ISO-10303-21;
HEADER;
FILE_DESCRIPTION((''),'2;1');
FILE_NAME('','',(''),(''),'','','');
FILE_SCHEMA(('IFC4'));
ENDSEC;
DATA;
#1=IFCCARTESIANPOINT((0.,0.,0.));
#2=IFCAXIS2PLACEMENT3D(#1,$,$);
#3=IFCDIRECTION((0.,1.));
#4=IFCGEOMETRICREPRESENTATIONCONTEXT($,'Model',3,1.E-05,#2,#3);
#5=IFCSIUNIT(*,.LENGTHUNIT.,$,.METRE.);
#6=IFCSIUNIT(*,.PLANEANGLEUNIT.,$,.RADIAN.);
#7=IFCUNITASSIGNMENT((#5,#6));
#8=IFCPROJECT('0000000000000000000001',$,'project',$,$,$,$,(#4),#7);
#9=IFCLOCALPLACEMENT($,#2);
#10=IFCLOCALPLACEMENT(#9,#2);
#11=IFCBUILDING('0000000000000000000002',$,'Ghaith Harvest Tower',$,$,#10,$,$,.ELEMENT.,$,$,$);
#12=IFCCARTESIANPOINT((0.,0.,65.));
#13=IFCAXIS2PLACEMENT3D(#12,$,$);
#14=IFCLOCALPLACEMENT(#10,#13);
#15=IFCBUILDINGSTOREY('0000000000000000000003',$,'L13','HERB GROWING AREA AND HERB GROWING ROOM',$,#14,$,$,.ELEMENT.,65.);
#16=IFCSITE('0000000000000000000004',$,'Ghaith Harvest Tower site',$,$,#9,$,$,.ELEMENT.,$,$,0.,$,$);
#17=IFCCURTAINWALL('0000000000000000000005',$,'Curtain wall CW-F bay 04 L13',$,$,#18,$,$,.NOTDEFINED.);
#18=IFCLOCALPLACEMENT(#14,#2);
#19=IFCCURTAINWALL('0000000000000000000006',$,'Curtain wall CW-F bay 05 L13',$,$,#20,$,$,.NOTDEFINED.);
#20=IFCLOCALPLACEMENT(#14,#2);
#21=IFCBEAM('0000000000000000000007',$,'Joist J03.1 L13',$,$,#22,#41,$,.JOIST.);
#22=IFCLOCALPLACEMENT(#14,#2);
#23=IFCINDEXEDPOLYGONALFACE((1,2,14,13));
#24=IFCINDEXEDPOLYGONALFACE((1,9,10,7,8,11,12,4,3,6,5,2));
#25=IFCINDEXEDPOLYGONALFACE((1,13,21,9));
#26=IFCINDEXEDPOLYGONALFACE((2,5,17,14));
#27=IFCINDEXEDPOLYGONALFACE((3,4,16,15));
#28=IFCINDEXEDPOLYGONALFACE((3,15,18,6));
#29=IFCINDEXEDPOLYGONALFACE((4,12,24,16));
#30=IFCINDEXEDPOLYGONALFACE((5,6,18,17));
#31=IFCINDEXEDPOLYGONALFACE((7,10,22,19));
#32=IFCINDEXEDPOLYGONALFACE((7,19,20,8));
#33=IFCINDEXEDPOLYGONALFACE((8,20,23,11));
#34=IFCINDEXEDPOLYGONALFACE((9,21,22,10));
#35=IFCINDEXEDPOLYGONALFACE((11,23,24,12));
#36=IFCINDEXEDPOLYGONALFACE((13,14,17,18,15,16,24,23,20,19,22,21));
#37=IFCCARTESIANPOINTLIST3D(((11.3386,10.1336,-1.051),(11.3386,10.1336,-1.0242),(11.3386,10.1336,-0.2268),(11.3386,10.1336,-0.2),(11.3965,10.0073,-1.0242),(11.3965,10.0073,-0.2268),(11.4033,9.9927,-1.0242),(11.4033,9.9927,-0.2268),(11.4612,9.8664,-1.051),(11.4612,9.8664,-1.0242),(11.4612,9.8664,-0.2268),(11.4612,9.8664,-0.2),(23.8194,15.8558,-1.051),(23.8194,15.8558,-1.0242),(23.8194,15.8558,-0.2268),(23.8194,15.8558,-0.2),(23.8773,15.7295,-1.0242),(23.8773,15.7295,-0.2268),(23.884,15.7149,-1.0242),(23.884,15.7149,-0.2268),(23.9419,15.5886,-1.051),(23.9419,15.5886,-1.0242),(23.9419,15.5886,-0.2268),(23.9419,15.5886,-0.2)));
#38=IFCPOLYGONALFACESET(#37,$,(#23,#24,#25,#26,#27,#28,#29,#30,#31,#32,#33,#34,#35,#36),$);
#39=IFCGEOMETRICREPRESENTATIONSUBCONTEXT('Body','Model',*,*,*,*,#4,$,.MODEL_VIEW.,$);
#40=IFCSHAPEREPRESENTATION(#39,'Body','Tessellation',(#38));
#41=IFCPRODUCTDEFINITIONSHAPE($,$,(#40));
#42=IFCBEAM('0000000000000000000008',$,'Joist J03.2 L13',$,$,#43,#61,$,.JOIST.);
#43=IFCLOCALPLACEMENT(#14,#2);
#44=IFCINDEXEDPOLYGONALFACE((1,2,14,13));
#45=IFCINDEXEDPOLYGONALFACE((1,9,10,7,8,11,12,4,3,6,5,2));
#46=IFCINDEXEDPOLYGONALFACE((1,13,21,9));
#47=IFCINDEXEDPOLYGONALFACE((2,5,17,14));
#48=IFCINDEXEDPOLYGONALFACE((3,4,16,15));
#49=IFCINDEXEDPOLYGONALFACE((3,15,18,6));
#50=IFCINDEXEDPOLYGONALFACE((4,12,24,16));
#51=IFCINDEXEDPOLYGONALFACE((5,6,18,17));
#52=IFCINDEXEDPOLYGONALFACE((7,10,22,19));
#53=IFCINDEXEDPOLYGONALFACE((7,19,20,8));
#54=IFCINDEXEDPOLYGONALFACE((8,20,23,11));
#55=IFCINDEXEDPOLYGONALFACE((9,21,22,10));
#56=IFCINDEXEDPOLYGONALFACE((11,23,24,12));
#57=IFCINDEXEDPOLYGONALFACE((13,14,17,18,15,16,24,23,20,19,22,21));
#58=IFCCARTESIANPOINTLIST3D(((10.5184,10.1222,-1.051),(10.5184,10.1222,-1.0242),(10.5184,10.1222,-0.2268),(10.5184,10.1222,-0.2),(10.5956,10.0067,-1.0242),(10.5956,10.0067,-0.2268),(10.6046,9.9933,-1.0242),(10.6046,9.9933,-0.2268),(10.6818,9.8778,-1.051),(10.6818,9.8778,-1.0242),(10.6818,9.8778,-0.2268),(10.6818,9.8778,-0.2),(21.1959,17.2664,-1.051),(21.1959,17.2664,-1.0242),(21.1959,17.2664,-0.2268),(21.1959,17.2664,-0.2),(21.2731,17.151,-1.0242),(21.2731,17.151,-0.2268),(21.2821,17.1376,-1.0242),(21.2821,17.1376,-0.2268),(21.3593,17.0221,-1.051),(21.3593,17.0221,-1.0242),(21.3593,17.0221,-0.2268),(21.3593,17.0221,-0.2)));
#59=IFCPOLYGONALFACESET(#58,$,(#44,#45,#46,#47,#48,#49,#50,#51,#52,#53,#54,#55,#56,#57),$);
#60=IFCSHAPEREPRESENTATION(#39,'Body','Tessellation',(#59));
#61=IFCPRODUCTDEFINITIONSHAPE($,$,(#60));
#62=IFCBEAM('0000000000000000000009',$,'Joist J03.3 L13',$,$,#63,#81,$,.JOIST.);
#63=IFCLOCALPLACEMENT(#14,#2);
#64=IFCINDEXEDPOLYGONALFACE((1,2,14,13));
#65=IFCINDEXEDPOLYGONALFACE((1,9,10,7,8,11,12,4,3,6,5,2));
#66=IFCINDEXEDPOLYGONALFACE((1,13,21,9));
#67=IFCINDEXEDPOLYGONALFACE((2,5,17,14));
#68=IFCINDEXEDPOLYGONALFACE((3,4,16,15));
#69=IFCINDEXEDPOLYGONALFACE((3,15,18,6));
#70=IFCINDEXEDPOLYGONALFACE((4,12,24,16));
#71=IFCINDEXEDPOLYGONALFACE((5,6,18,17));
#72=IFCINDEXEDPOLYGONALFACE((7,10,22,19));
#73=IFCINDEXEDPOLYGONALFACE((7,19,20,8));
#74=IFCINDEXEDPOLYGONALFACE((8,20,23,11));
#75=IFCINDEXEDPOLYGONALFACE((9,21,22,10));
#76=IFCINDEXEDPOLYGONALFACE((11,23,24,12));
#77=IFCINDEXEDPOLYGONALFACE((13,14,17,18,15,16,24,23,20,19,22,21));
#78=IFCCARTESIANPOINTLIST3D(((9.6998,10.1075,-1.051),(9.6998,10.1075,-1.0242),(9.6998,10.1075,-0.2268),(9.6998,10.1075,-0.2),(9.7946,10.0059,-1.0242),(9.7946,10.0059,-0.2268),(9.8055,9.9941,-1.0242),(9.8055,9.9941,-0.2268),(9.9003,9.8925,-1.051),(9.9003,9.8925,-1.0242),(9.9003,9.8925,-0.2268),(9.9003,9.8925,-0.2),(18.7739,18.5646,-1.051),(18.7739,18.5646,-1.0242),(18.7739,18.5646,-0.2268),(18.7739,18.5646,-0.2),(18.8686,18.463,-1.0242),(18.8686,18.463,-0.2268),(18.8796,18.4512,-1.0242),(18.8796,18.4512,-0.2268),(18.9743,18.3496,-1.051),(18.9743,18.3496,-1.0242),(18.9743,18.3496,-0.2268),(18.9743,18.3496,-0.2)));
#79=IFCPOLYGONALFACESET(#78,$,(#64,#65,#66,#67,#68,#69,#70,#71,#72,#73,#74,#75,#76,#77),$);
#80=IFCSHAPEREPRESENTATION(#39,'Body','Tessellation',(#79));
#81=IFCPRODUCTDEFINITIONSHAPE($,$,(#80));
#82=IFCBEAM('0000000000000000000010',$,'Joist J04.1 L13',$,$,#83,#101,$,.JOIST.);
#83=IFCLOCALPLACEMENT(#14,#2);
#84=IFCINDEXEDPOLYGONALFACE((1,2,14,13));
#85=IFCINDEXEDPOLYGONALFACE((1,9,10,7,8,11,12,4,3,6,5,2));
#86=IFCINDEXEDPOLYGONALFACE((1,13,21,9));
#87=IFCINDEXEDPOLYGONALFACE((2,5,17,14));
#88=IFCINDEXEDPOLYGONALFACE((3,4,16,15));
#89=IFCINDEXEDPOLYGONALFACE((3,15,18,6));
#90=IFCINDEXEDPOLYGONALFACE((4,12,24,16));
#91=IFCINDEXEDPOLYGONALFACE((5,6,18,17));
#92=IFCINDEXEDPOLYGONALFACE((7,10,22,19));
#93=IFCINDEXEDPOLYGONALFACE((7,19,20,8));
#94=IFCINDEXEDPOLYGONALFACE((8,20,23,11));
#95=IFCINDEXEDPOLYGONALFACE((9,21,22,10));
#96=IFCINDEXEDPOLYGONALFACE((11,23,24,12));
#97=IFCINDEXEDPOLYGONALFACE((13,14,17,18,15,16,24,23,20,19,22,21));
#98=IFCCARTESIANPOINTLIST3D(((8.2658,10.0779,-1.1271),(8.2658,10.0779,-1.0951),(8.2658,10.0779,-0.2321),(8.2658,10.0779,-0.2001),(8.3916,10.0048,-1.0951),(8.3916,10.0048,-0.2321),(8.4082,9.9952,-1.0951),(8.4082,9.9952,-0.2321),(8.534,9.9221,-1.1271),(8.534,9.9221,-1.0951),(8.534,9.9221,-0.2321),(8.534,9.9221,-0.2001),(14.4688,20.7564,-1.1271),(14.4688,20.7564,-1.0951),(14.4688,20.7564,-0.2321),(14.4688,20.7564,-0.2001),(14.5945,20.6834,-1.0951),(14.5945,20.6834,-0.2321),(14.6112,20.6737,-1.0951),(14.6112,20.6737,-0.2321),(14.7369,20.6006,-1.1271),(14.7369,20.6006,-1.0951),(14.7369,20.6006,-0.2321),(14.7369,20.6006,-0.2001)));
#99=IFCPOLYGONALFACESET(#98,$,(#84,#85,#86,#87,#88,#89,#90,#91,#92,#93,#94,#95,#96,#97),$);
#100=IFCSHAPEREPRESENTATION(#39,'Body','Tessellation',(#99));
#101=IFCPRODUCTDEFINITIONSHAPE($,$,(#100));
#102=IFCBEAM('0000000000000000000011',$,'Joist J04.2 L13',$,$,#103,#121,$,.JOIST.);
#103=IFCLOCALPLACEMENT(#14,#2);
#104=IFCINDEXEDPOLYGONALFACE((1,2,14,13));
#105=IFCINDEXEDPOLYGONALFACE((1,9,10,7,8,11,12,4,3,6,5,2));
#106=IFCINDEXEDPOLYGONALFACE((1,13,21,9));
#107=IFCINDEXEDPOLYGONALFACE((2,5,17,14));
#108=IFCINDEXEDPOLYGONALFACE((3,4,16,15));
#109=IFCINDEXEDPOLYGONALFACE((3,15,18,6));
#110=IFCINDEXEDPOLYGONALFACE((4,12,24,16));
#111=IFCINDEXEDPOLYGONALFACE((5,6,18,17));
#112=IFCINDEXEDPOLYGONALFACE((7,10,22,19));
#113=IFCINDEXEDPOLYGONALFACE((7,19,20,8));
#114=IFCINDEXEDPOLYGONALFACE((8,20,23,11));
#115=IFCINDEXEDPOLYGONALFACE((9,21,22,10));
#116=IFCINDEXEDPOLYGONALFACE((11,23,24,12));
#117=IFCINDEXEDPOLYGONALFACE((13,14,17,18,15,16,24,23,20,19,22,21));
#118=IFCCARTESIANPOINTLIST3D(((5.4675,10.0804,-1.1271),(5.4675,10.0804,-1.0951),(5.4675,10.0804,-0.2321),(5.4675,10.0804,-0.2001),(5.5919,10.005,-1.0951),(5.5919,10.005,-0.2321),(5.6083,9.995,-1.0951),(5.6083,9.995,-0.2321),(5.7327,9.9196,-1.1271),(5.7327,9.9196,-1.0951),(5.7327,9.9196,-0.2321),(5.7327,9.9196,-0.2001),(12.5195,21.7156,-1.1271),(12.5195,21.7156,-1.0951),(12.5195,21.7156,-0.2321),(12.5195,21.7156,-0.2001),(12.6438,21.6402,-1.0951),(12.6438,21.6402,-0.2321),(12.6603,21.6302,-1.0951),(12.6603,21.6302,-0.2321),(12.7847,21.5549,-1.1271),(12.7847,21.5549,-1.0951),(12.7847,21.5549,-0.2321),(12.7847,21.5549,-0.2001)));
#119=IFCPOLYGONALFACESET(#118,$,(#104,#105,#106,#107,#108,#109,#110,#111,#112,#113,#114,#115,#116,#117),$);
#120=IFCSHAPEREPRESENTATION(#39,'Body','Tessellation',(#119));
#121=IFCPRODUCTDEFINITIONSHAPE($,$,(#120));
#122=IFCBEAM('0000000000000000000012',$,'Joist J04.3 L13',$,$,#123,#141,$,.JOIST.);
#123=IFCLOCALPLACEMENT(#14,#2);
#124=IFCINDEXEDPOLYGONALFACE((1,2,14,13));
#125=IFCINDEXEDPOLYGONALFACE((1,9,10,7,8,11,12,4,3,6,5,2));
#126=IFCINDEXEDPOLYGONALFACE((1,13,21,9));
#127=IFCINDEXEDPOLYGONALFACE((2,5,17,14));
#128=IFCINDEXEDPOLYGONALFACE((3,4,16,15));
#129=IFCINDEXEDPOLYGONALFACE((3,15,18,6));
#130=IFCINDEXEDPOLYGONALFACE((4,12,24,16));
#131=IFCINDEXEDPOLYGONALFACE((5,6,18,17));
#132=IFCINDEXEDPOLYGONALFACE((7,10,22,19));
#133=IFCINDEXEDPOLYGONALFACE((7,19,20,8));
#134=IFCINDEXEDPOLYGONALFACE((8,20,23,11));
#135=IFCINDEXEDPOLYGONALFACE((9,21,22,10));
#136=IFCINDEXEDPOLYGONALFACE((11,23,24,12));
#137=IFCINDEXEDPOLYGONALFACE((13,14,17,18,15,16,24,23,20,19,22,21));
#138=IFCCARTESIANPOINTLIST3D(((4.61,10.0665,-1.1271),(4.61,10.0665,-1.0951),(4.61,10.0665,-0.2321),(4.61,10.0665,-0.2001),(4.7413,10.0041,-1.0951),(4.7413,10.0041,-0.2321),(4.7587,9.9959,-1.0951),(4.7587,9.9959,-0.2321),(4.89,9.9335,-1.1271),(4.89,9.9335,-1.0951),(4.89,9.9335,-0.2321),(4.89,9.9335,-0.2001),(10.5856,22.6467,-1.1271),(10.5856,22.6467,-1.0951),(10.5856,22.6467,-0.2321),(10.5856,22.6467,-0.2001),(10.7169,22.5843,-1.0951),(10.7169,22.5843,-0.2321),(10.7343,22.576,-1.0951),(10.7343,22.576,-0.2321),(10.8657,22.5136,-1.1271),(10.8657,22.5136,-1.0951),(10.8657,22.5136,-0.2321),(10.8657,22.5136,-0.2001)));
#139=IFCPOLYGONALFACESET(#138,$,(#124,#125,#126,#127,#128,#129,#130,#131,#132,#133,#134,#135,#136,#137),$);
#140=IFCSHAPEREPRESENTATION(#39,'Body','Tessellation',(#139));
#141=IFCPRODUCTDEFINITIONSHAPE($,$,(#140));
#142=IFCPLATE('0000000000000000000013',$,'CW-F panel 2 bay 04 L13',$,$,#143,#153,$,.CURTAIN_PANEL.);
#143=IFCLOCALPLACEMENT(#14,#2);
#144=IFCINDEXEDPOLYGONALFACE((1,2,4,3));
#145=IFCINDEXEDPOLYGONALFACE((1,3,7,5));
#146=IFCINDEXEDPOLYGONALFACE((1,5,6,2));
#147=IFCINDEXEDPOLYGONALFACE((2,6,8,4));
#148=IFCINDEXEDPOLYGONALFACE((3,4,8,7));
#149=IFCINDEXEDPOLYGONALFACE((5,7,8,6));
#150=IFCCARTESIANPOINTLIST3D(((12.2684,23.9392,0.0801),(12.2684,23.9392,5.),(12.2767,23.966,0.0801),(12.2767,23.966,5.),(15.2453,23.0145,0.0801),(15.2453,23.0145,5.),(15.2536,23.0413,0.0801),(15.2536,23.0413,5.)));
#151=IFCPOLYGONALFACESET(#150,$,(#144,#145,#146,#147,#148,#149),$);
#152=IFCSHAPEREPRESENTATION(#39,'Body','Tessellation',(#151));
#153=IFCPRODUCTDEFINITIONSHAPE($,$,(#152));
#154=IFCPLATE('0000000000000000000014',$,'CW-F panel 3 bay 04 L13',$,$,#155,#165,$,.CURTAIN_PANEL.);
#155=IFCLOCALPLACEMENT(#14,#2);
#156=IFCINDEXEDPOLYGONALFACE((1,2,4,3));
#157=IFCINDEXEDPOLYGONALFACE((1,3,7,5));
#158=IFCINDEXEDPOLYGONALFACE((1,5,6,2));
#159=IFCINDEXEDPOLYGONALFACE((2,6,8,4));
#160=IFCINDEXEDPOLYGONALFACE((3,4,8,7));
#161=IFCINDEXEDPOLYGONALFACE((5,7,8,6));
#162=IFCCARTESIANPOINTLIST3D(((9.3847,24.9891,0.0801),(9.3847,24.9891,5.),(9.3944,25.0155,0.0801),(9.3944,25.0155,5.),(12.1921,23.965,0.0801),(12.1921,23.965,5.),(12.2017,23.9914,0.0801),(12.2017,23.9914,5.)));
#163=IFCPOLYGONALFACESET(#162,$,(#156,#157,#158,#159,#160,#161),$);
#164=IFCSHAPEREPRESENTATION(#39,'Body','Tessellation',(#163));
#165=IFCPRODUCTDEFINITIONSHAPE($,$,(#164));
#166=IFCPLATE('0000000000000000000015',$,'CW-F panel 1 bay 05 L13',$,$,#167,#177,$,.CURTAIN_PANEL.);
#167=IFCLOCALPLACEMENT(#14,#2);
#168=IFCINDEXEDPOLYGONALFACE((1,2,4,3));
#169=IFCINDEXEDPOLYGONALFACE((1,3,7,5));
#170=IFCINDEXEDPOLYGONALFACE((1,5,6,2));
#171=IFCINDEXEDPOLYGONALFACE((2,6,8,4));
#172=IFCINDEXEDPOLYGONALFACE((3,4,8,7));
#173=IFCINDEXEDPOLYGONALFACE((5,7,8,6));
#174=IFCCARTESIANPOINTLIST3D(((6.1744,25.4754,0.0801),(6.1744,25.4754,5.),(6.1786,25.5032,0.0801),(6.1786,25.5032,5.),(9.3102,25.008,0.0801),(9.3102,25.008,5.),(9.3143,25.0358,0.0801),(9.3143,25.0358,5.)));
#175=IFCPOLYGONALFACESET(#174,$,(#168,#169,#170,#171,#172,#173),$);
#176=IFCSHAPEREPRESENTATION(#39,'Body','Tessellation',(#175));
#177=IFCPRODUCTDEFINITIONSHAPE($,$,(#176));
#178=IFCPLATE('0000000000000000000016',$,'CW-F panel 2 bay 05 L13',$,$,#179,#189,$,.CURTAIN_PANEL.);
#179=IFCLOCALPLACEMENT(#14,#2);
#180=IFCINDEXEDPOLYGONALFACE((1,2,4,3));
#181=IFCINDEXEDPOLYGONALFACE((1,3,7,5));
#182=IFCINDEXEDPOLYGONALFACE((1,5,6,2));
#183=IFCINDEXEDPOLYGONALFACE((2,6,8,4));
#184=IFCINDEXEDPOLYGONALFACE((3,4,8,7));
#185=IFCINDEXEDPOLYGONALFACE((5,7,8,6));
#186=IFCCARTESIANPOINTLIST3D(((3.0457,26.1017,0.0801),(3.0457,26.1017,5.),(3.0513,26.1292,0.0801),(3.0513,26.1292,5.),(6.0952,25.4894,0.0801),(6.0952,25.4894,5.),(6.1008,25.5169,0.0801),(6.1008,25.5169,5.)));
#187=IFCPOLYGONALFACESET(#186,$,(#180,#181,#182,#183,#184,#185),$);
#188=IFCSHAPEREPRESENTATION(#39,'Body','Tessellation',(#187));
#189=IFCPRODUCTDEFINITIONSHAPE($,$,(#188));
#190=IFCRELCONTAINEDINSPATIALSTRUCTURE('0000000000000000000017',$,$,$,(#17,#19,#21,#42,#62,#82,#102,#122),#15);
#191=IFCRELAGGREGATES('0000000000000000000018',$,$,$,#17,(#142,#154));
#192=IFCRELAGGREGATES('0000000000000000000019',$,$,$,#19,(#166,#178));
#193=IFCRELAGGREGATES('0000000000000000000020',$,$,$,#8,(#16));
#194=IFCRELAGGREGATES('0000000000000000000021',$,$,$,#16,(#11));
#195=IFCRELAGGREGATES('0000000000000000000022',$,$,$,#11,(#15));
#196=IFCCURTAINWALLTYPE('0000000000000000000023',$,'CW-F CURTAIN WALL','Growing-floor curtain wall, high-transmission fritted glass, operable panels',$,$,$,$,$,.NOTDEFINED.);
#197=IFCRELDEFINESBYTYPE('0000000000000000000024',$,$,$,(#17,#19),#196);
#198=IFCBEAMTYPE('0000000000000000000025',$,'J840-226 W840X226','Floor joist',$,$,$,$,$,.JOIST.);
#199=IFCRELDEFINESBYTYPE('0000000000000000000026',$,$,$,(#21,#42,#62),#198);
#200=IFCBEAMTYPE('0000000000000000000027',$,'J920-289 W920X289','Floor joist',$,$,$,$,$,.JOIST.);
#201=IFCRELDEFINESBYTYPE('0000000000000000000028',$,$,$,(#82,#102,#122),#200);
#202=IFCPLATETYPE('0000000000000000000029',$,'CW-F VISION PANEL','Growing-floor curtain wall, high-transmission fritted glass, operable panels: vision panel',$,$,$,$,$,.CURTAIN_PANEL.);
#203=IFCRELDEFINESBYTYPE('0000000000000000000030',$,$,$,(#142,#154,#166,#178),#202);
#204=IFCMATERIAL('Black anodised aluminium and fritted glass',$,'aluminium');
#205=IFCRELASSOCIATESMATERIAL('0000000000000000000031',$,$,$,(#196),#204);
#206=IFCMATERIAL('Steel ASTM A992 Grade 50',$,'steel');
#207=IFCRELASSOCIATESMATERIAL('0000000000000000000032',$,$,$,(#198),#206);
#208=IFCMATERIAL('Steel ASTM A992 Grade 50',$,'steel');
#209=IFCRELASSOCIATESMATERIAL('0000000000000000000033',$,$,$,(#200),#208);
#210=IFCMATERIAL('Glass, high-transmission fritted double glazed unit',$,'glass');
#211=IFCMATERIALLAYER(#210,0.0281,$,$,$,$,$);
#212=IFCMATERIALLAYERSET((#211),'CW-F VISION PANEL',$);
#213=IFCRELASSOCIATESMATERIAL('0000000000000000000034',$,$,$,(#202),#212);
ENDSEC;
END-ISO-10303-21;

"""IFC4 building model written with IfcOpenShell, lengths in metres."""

from ifc_helpers import new_model, si_unit, direction, frame, origin, origin_2d, place, context, subcontext, project, spatial, rectangle, i_section, extrude, material, layer, layer_set, material_profile, profile_set, type_object, element, aggregate, save


model = new_model("IFC4")

# Units and contexts
model_context = context("Model", 3, precision=1e-05, world=origin(), true_north=direction((0.0, 1.0)))
body_context = subcontext(model_context, "Body", "Model", "MODEL_VIEW")
ifc_project = project(units=[si_unit("LENGTHUNIT", "METRE"), si_unit("PLANEANGLEUNIT", "RADIAN")], contexts=[model_context])

# Site, building, storey
site_placement = place(None, origin())
site = spatial("IfcSite", under=ifc_project, at=site_placement, Name="Ghaith Harvest Tower site", CompositionType="ELEMENT", RefElevation=0.0)
building_placement = place(site_placement, origin())
building = spatial("IfcBuilding", under=site, at=building_placement, Name="Ghaith Harvest Tower", CompositionType="ELEMENT")
storey_placement = place(building_placement, frame((0.0, 0.0, 65.0)))
storey = spatial("IfcBuildingStorey", under=building, at=storey_placement, Name="L13", Description="HERB GROWING AREA AND HERB GROWING ROOM", CompositionType="ELEMENT", Elevation=65.0)

# Curtain wall
ifc_material_1 = material(Name="Black anodised aluminium and fritted glass", Category="aluminium")
curtain_wall_type = type_object("IfcCurtainWallType", Name="CW-F CURTAIN WALL", Description="Growing-floor curtain wall, high-transmission fritted glass, operable panels", PredefinedType="NOTDEFINED", material=ifc_material_1)
curtain_wall_1_placement = place(storey_placement, origin())
curtain_wall_1 = element("IfcCurtainWall", 1, at=curtain_wall_1_placement, inside=storey, type_object=curtain_wall_type, Name="Curtain wall CW-F bay 04 L13", PredefinedType="NOTDEFINED")

# Curtain wall
curtain_wall_2_placement = place(storey_placement, origin())
curtain_wall_2 = element("IfcCurtainWall", 2, at=curtain_wall_2_placement, inside=storey, type_object=curtain_wall_type, Name="Curtain wall CW-F bay 05 L13", PredefinedType="NOTDEFINED")

# Beams
ifc_material_2 = material(Name="Steel ASTM A992 Grade 50", Category="steel")
ifc_material_profile_1 = material_profile(ifc_material_2, i_section(OverallWidth=0.2939, OverallDepth=0.8511, WebThickness=0.0161, FlangeThickness=0.0269, at=origin_2d()), Name="W840X226")
ifc_profile_set_1 = profile_set([ifc_material_profile_1], Name="Steel ASTM A992 Grade 50")
beam_type_1 = type_object("IfcBeamType", Name="J840-226 W840X226", Description="Floor joist", PredefinedType="JOIST", material=ifc_profile_set_1)
beam_1_placement = place(storey_placement, frame((11.3999, 10.0, -0.6255), z_axis=(0.909014, 0.416766, 0.0), x_axis=(-0.416766, 0.909014, 0.0)))
element("IfcBeam", 3, at=beam_1_placement, inside=storey, type_object=beam_type_1, Name="Joist J03.1 L13", PredefinedType="JOIST", context=body_context, shape_type="SweptSolid", body=[
    extrude(i_section(OverallWidth=0.2939, OverallDepth=0.8511, WebThickness=0.0161, FlangeThickness=0.0269, at=origin_2d()), origin(), (0.0, 0.0, 1.0), 13.73),
])
beam_2_placement = place(storey_placement, frame((10.6001, 10.0, -0.6255), z_axis=(0.831116, 0.556098, 0.0), x_axis=(-0.556098, 0.831116, 0.0)))
element("IfcBeam", 4, at=beam_2_placement, inside=storey, type_object=beam_type_1, Name="Joist J03.2 L13", PredefinedType="JOIST", context=body_context, shape_type="SweptSolid", body=[
    extrude(i_section(OverallWidth=0.2939, OverallDepth=0.8511, WebThickness=0.0161, FlangeThickness=0.0269, at=origin_2d()), origin(), (0.0, 0.0, 1.0), 12.8472),
])
beam_3_placement = place(storey_placement, frame((9.8, 10.0, -0.6255), z_axis=(0.731538, 0.681801, 0.0), x_axis=(-0.681801, 0.731538, 0.0)))
element("IfcBeam", 5, at=beam_3_placement, inside=storey, type_object=beam_type_1, Name="Joist J03.3 L13", PredefinedType="JOIST", context=body_context, shape_type="SweptSolid", body=[
    extrude(i_section(OverallWidth=0.2939, OverallDepth=0.8511, WebThickness=0.0161, FlangeThickness=0.0269, at=origin_2d()), origin(), (0.0, 0.0, 1.0), 12.4041),
])
ifc_material_3 = material(Name="Steel ASTM A992 Grade 50", Category="steel")
ifc_material_profile_2 = material_profile(ifc_material_3, i_section(OverallWidth=0.3101, OverallDepth=0.927, WebThickness=0.0193, FlangeThickness=0.032, at=origin_2d()), Name="W920X289")
ifc_profile_set_2 = profile_set([ifc_material_profile_2], Name="Steel ASTM A992 Grade 50")
beam_type_2 = type_object("IfcBeamType", Name="J920-289 W920X289", Description="Floor joist", PredefinedType="JOIST", material=ifc_profile_set_2)
beam_4_placement = place(storey_placement, frame((8.3999, 10.0, -0.6636), z_axis=(0.502286, 0.864702, 0.0), x_axis=(-0.864702, 0.502286, 0.0)))
element("IfcBeam", 6, at=beam_4_placement, inside=storey, type_object=beam_type_2, Name="Joist J04.1 L13", PredefinedType="JOIST", context=body_context, shape_type="SweptSolid", body=[
    extrude(i_section(OverallWidth=0.3101, OverallDepth=0.927, WebThickness=0.0193, FlangeThickness=0.032, at=origin_2d()), origin(), (0.0, 0.0, 1.0), 12.3494),
])
beam_5_placement = place(storey_placement, frame((5.6001, 10.0, -0.6636), z_axis=(0.51832, 0.855187, 0.0), x_axis=(-0.855187, 0.51832, 0.0)))
element("IfcBeam", 7, at=beam_5_placement, inside=storey, type_object=beam_type_2, Name="Joist J04.2 L13", PredefinedType="JOIST", context=body_context, shape_type="SweptSolid", body=[
    extrude(i_section(OverallWidth=0.3101, OverallDepth=0.927, WebThickness=0.0193, FlangeThickness=0.032, at=origin_2d()), origin(), (0.0, 0.0, 1.0), 13.6055),
])
beam_6_placement = place(storey_placement, frame((4.75, 10.0, -0.6636), z_axis=(0.42906, 0.903276, 0.0), x_axis=(-0.903276, 0.42906, 0.0)))
element("IfcBeam", 8, at=beam_6_placement, inside=storey, type_object=beam_type_2, Name="Joist J04.3 L13", PredefinedType="JOIST", context=body_context, shape_type="SweptSolid", body=[
    extrude(i_section(OverallWidth=0.3101, OverallDepth=0.927, WebThickness=0.0193, FlangeThickness=0.032, at=origin_2d()), origin(), (0.0, 0.0, 1.0), 13.9272),
])

# Plates
ifc_material_4 = material(Name="Glass, high-transmission fritted double glazed unit", Category="glass")
ifc_layer_1 = layer(ifc_material_4, 0.0281)
ifc_layer_set_1 = layer_set([ifc_layer_1], Name="CW-F VISION PANEL")
plate_type = type_object("IfcPlateType", Name="CW-F VISION PANEL", Description="Growing-floor curtain wall, high-transmission fritted glass, operable panels: vision panel", PredefinedType="CURTAIN_PANEL", material=ifc_layer_set_1)
plate_1_placement = place(storey_placement, frame((13.761, 23.4902, 0.0801), z_axis=(0.0, 0.0, 1.0), x_axis=(-0.954988, 0.296644, 0.0)))
plate_1 = element("IfcPlate", 9, at=plate_1_placement, type_object=plate_type, Name="CW-F panel 2 bay 04 L13", PredefinedType="CURTAIN_PANEL", context=body_context, shape_type="SweptSolid", body=[
    extrude(rectangle(XDim=3.1172, YDim=0.0281, at=origin_2d()), origin(), (0.0, 0.0, 1.0), 4.9199),
])
plate_2_placement = place(storey_placement, frame((10.7932, 24.4902, 0.0801), z_axis=(0.0, 0.0, 1.0), x_axis=(-0.939438, 0.342718, 0.0)))
plate_2 = element("IfcPlate", 10, at=plate_2_placement, type_object=plate_type, Name="CW-F panel 3 bay 04 L13", PredefinedType="CURTAIN_PANEL", context=body_context, shape_type="SweptSolid", body=[
    extrude(rectangle(XDim=2.9883, YDim=0.0281, at=origin_2d()), origin(), (0.0, 0.0, 1.0), 4.9199),
])
aggregate(curtain_wall_1, [plate_1, plate_2])
plate_3_placement = place(storey_placement, frame((7.7444, 25.2556, 0.0801), z_axis=(0.0, 0.0, 1.0), x_axis=(-0.989074, 0.147418, 0.0)))
plate_3 = element("IfcPlate", 11, at=plate_3_placement, type_object=plate_type, Name="CW-F panel 1 bay 05 L13", PredefinedType="CURTAIN_PANEL", context=body_context, shape_type="SweptSolid", body=[
    extrude(rectangle(XDim=3.1704, YDim=0.0281, at=origin_2d()), origin(), (0.0, 0.0, 1.0), 4.9199),
])
plate_4_placement = place(storey_placement, frame((4.5732, 25.8093, 0.0801), z_axis=(0.0, 0.0, 1.0), x_axis=(-0.980432, 0.196856, 0.0)))
plate_4 = element("IfcPlate", 12, at=plate_4_placement, type_object=plate_type, Name="CW-F panel 2 bay 05 L13", PredefinedType="CURTAIN_PANEL", context=body_context, shape_type="SweptSolid", body=[
    extrude(rectangle(XDim=3.1104, YDim=0.0281, at=origin_2d()), origin(), (0.0, 0.0, 1.0), 4.9199),
])
aggregate(curtain_wall_2, [plate_3, plate_4])

save(model, "model.ifc")
